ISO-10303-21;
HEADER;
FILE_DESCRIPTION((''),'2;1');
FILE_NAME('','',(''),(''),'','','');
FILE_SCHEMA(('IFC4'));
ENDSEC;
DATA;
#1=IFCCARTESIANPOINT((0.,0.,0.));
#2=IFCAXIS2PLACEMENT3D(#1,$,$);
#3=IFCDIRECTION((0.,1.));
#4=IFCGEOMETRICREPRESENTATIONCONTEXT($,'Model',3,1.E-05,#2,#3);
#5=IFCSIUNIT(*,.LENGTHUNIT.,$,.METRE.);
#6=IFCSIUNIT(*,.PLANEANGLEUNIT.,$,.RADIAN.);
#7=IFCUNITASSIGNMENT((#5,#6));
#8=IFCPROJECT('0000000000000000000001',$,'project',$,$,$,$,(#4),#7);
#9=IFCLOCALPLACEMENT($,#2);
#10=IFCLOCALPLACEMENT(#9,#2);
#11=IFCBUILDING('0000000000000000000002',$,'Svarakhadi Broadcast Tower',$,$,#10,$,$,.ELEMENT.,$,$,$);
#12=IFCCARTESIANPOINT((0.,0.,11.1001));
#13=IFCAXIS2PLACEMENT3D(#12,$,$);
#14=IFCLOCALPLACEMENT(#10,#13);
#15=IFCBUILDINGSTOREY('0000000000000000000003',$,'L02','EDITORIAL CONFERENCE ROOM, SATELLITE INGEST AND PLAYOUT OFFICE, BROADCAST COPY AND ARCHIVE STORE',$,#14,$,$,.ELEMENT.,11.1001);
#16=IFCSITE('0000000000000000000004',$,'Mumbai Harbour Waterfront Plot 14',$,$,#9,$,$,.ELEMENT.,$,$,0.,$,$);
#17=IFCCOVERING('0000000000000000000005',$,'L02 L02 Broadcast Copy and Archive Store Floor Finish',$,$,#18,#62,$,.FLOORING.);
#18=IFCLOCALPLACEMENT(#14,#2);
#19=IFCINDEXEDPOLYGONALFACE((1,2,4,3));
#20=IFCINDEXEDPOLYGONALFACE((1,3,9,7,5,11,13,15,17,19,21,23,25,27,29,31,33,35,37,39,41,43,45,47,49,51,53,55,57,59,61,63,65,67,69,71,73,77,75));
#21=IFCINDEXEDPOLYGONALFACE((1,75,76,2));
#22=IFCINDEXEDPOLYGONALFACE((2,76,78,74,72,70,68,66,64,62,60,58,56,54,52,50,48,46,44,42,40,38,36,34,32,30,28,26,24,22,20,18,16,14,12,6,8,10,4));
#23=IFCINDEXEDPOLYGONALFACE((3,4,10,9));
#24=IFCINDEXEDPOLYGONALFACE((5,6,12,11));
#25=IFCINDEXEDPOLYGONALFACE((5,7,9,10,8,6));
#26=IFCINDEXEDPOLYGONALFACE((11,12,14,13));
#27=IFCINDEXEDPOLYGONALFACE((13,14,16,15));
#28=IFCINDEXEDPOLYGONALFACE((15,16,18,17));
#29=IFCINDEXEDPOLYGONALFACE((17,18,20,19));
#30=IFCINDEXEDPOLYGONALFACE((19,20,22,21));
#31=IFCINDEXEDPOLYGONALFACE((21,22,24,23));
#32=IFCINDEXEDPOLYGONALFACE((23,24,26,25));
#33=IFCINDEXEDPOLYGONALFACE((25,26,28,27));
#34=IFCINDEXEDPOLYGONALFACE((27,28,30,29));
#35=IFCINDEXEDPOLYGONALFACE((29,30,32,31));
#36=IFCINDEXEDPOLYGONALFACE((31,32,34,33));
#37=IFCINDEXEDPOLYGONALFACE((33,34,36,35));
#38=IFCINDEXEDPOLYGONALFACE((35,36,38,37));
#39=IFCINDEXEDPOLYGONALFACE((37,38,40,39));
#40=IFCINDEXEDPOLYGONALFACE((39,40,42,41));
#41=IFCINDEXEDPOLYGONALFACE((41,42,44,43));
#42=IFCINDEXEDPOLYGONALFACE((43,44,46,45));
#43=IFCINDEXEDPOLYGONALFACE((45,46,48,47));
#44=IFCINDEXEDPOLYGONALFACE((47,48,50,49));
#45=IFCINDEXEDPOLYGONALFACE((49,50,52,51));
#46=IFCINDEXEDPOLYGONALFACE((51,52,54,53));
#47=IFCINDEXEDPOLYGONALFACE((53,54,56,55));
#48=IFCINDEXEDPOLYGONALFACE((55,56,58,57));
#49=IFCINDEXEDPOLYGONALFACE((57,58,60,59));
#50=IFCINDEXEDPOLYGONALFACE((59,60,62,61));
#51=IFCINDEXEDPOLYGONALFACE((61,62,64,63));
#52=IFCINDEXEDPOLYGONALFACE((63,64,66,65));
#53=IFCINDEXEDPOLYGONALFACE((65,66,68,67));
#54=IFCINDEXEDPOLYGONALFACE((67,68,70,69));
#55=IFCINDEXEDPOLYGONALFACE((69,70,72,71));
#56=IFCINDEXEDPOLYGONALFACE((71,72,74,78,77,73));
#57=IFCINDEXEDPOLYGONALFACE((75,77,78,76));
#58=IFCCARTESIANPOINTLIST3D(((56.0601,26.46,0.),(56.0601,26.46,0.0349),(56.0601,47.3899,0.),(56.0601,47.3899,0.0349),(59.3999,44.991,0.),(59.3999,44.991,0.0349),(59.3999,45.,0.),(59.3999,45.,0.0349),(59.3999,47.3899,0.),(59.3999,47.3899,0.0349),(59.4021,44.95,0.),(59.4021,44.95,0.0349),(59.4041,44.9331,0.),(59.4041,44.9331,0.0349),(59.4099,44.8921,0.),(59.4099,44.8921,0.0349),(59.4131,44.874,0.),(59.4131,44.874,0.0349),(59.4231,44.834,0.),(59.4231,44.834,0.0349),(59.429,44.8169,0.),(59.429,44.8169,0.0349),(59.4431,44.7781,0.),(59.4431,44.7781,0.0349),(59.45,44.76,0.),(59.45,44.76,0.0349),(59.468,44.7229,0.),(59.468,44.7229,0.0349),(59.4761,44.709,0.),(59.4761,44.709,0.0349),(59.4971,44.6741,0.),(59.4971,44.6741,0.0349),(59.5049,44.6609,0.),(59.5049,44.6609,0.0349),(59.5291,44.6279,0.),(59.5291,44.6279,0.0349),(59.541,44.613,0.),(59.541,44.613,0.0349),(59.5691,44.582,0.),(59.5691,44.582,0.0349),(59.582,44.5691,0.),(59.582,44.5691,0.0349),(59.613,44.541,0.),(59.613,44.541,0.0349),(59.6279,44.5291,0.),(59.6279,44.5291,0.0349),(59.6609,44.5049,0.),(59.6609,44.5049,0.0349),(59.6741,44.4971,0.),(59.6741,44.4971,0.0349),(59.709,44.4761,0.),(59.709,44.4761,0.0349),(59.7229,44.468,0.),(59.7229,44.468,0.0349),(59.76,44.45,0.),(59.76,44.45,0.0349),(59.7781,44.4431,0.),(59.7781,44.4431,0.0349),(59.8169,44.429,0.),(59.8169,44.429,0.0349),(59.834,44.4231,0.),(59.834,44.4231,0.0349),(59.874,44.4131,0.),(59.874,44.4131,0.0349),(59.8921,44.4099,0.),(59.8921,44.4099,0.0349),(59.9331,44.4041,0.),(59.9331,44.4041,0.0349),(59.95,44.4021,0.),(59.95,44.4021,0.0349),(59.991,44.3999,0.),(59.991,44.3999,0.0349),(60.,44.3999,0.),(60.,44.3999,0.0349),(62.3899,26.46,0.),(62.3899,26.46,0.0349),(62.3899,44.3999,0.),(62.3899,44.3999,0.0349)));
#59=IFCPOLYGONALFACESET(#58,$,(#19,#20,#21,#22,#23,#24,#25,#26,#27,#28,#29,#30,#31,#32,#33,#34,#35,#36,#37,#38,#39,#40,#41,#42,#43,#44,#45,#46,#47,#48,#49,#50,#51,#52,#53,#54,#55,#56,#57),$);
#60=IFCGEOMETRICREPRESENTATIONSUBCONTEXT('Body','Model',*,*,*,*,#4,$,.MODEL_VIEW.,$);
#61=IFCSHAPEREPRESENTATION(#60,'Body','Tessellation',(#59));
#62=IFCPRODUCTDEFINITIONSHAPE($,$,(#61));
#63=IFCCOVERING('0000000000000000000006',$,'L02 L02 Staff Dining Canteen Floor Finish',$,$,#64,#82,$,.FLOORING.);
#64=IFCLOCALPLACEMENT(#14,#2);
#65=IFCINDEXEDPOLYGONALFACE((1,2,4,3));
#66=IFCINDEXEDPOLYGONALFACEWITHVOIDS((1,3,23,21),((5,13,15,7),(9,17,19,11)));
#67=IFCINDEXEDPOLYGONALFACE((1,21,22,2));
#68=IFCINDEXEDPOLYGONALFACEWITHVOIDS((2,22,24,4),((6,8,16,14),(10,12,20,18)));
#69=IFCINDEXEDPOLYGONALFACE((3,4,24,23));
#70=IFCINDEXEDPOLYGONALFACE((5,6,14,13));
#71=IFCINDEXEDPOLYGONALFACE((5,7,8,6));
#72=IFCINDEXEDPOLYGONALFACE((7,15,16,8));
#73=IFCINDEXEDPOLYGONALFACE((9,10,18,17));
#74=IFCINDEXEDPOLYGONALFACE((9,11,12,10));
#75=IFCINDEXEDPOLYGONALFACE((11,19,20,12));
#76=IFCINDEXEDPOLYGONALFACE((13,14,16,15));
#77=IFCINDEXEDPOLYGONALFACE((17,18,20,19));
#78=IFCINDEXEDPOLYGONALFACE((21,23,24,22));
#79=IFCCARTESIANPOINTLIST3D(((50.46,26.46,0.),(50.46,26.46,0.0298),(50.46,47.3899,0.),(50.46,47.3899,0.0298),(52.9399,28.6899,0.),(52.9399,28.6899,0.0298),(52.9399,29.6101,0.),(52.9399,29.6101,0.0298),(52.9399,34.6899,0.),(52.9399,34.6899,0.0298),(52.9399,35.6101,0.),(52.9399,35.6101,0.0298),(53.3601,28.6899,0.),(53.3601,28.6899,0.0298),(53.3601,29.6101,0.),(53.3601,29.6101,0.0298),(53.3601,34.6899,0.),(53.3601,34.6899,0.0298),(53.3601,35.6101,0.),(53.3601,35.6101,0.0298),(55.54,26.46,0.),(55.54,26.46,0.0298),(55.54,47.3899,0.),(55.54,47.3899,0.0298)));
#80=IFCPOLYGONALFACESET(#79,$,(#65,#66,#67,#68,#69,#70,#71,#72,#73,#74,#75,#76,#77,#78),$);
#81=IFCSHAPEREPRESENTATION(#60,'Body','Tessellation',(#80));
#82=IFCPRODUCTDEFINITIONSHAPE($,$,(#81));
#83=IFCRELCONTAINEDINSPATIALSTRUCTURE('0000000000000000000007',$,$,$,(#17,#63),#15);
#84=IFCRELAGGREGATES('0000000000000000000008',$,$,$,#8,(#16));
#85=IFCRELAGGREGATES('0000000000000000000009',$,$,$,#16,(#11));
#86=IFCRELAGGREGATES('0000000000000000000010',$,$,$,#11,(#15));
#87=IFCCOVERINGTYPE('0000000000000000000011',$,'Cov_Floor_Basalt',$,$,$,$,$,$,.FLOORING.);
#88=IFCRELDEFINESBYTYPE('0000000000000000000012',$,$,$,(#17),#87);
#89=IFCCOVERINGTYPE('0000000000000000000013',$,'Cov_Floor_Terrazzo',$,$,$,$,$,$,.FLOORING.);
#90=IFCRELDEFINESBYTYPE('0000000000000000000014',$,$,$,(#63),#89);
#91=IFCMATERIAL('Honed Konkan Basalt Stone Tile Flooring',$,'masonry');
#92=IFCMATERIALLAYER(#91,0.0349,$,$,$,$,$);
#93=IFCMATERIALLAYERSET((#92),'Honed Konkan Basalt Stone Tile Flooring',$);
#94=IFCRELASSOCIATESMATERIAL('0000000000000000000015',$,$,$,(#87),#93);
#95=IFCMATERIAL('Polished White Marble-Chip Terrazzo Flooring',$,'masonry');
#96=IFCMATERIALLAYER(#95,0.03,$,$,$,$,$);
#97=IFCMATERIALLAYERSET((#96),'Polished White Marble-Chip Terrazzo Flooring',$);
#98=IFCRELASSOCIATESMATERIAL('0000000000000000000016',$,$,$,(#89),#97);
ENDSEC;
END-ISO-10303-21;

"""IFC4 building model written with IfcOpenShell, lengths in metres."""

from ifc_helpers import new_model, si_unit, direction, frame, origin, place, context, subcontext, project, spatial, polyline, outline, extrude, material, layer, layer_set, type_object, element, save


model = new_model("IFC4")

# Units and contexts
model_context = context("Model", 3, precision=1e-05, world=origin(), true_north=direction((0.0, 1.0)))
body_context = subcontext(model_context, "Body", "Model", "MODEL_VIEW")
ifc_project = project(units=[si_unit("LENGTHUNIT", "METRE"), si_unit("PLANEANGLEUNIT", "RADIAN")], contexts=[model_context])

# Site, building, storey
site_placement = place(None, origin())
site = spatial("IfcSite", under=ifc_project, at=site_placement, Name="Mumbai Harbour Waterfront Plot 14", CompositionType="ELEMENT", RefElevation=0.0)
building_placement = place(site_placement, origin())
building = spatial("IfcBuilding", under=site, at=building_placement, Name="Svarakhadi Broadcast Tower", CompositionType="ELEMENT")
storey_placement = place(building_placement, frame((0.0, 0.0, 11.1001)))
storey = spatial("IfcBuildingStorey", under=building, at=storey_placement, Name="L02", Description="EDITORIAL CONFERENCE ROOM, SATELLITE INGEST AND PLAYOUT OFFICE, BROADCAST COPY AND ARCHIVE STORE", CompositionType="ELEMENT", Elevation=11.1001)

# Coverings
ifc_material_1 = material(Name="Honed Konkan Basalt Stone Tile Flooring", Category="masonry")
ifc_layer_1 = layer(ifc_material_1, 0.0349)
ifc_layer_set_1 = layer_set([ifc_layer_1], Name="Honed Konkan Basalt Stone Tile Flooring")
covering_type_1 = type_object("IfcCoveringType", Name="Cov_Floor_Basalt", PredefinedType="FLOORING", material=ifc_layer_set_1)
covering_1_placement = place(storey_placement, origin())
element("IfcCovering", 1, at=covering_1_placement, inside=storey, type_object=covering_type_1, Name="L02 L02 Broadcast Copy and Archive Store Floor Finish", PredefinedType="FLOORING", context=body_context, shape_type="SweptSolid", body=[
    extrude(outline(polyline([(56.0601, 47.3899), (59.3999, 47.3899), (59.3999, 45.0), (59.3999, 44.991), (59.4021, 44.95), (59.4041, 44.9331), (59.4099, 44.8921), (59.4131, 44.874), (59.4231, 44.834), (59.429, 44.8169), (59.4431, 44.7781), (59.45, 44.76), (59.468, 44.7229), (59.4761, 44.709), (59.4971, 44.6741), (59.5049, 44.6609), (59.5291, 44.6279), (59.541, 44.613), (59.5691, 44.582), (59.582, 44.5691), (59.613, 44.541), (59.6279, 44.5291), (59.6609, 44.5049), (59.6741, 44.4971), (59.709, 44.4761), (59.7229, 44.468), (59.76, 44.45), (59.7781, 44.4431), (59.8169, 44.429), (59.834, 44.4231), (59.874, 44.4131), (59.8921, 44.4099), (59.9331, 44.4041), (59.95, 44.4021), (59.991, 44.3999), (60.0, 44.3999), (62.3899, 44.3999), (62.3899, 26.46), (56.0601, 26.46), (56.0601, 47.3899)])), origin(), (0.0, 0.0, 1.0), 0.0349),
])
ifc_material_2 = material(Name="Polished White Marble-Chip Terrazzo Flooring", Category="masonry")
ifc_layer_2 = layer(ifc_material_2, 0.03)
ifc_layer_set_2 = layer_set([ifc_layer_2], Name="Polished White Marble-Chip Terrazzo Flooring")
covering_type_2 = type_object("IfcCoveringType", Name="Cov_Floor_Terrazzo", PredefinedType="FLOORING", material=ifc_layer_set_2)
covering_2_placement = place(storey_placement, origin())
element("IfcCovering", 2, at=covering_2_placement, inside=storey, type_object=covering_type_2, Name="L02 L02 Staff Dining Canteen Floor Finish", PredefinedType="FLOORING", context=body_context, shape_type="SweptSolid", body=[
    extrude(outline(polyline([(55.54, 47.3899), (55.54, 26.46), (50.46, 26.46), (50.46, 47.3899), (55.54, 47.3899)]), holes=[polyline([(52.9399, 28.6899), (53.3601, 28.6899), (53.3601, 29.6101), (52.9399, 29.6101), (52.9399, 28.6899)]), polyline([(52.9399, 34.6899), (53.3601, 34.6899), (53.3601, 35.6101), (52.9399, 35.6101), (52.9399, 34.6899)])]), origin(), (0.0, 0.0, 1.0), 0.0298),
])

save(model, "model.ifc")
